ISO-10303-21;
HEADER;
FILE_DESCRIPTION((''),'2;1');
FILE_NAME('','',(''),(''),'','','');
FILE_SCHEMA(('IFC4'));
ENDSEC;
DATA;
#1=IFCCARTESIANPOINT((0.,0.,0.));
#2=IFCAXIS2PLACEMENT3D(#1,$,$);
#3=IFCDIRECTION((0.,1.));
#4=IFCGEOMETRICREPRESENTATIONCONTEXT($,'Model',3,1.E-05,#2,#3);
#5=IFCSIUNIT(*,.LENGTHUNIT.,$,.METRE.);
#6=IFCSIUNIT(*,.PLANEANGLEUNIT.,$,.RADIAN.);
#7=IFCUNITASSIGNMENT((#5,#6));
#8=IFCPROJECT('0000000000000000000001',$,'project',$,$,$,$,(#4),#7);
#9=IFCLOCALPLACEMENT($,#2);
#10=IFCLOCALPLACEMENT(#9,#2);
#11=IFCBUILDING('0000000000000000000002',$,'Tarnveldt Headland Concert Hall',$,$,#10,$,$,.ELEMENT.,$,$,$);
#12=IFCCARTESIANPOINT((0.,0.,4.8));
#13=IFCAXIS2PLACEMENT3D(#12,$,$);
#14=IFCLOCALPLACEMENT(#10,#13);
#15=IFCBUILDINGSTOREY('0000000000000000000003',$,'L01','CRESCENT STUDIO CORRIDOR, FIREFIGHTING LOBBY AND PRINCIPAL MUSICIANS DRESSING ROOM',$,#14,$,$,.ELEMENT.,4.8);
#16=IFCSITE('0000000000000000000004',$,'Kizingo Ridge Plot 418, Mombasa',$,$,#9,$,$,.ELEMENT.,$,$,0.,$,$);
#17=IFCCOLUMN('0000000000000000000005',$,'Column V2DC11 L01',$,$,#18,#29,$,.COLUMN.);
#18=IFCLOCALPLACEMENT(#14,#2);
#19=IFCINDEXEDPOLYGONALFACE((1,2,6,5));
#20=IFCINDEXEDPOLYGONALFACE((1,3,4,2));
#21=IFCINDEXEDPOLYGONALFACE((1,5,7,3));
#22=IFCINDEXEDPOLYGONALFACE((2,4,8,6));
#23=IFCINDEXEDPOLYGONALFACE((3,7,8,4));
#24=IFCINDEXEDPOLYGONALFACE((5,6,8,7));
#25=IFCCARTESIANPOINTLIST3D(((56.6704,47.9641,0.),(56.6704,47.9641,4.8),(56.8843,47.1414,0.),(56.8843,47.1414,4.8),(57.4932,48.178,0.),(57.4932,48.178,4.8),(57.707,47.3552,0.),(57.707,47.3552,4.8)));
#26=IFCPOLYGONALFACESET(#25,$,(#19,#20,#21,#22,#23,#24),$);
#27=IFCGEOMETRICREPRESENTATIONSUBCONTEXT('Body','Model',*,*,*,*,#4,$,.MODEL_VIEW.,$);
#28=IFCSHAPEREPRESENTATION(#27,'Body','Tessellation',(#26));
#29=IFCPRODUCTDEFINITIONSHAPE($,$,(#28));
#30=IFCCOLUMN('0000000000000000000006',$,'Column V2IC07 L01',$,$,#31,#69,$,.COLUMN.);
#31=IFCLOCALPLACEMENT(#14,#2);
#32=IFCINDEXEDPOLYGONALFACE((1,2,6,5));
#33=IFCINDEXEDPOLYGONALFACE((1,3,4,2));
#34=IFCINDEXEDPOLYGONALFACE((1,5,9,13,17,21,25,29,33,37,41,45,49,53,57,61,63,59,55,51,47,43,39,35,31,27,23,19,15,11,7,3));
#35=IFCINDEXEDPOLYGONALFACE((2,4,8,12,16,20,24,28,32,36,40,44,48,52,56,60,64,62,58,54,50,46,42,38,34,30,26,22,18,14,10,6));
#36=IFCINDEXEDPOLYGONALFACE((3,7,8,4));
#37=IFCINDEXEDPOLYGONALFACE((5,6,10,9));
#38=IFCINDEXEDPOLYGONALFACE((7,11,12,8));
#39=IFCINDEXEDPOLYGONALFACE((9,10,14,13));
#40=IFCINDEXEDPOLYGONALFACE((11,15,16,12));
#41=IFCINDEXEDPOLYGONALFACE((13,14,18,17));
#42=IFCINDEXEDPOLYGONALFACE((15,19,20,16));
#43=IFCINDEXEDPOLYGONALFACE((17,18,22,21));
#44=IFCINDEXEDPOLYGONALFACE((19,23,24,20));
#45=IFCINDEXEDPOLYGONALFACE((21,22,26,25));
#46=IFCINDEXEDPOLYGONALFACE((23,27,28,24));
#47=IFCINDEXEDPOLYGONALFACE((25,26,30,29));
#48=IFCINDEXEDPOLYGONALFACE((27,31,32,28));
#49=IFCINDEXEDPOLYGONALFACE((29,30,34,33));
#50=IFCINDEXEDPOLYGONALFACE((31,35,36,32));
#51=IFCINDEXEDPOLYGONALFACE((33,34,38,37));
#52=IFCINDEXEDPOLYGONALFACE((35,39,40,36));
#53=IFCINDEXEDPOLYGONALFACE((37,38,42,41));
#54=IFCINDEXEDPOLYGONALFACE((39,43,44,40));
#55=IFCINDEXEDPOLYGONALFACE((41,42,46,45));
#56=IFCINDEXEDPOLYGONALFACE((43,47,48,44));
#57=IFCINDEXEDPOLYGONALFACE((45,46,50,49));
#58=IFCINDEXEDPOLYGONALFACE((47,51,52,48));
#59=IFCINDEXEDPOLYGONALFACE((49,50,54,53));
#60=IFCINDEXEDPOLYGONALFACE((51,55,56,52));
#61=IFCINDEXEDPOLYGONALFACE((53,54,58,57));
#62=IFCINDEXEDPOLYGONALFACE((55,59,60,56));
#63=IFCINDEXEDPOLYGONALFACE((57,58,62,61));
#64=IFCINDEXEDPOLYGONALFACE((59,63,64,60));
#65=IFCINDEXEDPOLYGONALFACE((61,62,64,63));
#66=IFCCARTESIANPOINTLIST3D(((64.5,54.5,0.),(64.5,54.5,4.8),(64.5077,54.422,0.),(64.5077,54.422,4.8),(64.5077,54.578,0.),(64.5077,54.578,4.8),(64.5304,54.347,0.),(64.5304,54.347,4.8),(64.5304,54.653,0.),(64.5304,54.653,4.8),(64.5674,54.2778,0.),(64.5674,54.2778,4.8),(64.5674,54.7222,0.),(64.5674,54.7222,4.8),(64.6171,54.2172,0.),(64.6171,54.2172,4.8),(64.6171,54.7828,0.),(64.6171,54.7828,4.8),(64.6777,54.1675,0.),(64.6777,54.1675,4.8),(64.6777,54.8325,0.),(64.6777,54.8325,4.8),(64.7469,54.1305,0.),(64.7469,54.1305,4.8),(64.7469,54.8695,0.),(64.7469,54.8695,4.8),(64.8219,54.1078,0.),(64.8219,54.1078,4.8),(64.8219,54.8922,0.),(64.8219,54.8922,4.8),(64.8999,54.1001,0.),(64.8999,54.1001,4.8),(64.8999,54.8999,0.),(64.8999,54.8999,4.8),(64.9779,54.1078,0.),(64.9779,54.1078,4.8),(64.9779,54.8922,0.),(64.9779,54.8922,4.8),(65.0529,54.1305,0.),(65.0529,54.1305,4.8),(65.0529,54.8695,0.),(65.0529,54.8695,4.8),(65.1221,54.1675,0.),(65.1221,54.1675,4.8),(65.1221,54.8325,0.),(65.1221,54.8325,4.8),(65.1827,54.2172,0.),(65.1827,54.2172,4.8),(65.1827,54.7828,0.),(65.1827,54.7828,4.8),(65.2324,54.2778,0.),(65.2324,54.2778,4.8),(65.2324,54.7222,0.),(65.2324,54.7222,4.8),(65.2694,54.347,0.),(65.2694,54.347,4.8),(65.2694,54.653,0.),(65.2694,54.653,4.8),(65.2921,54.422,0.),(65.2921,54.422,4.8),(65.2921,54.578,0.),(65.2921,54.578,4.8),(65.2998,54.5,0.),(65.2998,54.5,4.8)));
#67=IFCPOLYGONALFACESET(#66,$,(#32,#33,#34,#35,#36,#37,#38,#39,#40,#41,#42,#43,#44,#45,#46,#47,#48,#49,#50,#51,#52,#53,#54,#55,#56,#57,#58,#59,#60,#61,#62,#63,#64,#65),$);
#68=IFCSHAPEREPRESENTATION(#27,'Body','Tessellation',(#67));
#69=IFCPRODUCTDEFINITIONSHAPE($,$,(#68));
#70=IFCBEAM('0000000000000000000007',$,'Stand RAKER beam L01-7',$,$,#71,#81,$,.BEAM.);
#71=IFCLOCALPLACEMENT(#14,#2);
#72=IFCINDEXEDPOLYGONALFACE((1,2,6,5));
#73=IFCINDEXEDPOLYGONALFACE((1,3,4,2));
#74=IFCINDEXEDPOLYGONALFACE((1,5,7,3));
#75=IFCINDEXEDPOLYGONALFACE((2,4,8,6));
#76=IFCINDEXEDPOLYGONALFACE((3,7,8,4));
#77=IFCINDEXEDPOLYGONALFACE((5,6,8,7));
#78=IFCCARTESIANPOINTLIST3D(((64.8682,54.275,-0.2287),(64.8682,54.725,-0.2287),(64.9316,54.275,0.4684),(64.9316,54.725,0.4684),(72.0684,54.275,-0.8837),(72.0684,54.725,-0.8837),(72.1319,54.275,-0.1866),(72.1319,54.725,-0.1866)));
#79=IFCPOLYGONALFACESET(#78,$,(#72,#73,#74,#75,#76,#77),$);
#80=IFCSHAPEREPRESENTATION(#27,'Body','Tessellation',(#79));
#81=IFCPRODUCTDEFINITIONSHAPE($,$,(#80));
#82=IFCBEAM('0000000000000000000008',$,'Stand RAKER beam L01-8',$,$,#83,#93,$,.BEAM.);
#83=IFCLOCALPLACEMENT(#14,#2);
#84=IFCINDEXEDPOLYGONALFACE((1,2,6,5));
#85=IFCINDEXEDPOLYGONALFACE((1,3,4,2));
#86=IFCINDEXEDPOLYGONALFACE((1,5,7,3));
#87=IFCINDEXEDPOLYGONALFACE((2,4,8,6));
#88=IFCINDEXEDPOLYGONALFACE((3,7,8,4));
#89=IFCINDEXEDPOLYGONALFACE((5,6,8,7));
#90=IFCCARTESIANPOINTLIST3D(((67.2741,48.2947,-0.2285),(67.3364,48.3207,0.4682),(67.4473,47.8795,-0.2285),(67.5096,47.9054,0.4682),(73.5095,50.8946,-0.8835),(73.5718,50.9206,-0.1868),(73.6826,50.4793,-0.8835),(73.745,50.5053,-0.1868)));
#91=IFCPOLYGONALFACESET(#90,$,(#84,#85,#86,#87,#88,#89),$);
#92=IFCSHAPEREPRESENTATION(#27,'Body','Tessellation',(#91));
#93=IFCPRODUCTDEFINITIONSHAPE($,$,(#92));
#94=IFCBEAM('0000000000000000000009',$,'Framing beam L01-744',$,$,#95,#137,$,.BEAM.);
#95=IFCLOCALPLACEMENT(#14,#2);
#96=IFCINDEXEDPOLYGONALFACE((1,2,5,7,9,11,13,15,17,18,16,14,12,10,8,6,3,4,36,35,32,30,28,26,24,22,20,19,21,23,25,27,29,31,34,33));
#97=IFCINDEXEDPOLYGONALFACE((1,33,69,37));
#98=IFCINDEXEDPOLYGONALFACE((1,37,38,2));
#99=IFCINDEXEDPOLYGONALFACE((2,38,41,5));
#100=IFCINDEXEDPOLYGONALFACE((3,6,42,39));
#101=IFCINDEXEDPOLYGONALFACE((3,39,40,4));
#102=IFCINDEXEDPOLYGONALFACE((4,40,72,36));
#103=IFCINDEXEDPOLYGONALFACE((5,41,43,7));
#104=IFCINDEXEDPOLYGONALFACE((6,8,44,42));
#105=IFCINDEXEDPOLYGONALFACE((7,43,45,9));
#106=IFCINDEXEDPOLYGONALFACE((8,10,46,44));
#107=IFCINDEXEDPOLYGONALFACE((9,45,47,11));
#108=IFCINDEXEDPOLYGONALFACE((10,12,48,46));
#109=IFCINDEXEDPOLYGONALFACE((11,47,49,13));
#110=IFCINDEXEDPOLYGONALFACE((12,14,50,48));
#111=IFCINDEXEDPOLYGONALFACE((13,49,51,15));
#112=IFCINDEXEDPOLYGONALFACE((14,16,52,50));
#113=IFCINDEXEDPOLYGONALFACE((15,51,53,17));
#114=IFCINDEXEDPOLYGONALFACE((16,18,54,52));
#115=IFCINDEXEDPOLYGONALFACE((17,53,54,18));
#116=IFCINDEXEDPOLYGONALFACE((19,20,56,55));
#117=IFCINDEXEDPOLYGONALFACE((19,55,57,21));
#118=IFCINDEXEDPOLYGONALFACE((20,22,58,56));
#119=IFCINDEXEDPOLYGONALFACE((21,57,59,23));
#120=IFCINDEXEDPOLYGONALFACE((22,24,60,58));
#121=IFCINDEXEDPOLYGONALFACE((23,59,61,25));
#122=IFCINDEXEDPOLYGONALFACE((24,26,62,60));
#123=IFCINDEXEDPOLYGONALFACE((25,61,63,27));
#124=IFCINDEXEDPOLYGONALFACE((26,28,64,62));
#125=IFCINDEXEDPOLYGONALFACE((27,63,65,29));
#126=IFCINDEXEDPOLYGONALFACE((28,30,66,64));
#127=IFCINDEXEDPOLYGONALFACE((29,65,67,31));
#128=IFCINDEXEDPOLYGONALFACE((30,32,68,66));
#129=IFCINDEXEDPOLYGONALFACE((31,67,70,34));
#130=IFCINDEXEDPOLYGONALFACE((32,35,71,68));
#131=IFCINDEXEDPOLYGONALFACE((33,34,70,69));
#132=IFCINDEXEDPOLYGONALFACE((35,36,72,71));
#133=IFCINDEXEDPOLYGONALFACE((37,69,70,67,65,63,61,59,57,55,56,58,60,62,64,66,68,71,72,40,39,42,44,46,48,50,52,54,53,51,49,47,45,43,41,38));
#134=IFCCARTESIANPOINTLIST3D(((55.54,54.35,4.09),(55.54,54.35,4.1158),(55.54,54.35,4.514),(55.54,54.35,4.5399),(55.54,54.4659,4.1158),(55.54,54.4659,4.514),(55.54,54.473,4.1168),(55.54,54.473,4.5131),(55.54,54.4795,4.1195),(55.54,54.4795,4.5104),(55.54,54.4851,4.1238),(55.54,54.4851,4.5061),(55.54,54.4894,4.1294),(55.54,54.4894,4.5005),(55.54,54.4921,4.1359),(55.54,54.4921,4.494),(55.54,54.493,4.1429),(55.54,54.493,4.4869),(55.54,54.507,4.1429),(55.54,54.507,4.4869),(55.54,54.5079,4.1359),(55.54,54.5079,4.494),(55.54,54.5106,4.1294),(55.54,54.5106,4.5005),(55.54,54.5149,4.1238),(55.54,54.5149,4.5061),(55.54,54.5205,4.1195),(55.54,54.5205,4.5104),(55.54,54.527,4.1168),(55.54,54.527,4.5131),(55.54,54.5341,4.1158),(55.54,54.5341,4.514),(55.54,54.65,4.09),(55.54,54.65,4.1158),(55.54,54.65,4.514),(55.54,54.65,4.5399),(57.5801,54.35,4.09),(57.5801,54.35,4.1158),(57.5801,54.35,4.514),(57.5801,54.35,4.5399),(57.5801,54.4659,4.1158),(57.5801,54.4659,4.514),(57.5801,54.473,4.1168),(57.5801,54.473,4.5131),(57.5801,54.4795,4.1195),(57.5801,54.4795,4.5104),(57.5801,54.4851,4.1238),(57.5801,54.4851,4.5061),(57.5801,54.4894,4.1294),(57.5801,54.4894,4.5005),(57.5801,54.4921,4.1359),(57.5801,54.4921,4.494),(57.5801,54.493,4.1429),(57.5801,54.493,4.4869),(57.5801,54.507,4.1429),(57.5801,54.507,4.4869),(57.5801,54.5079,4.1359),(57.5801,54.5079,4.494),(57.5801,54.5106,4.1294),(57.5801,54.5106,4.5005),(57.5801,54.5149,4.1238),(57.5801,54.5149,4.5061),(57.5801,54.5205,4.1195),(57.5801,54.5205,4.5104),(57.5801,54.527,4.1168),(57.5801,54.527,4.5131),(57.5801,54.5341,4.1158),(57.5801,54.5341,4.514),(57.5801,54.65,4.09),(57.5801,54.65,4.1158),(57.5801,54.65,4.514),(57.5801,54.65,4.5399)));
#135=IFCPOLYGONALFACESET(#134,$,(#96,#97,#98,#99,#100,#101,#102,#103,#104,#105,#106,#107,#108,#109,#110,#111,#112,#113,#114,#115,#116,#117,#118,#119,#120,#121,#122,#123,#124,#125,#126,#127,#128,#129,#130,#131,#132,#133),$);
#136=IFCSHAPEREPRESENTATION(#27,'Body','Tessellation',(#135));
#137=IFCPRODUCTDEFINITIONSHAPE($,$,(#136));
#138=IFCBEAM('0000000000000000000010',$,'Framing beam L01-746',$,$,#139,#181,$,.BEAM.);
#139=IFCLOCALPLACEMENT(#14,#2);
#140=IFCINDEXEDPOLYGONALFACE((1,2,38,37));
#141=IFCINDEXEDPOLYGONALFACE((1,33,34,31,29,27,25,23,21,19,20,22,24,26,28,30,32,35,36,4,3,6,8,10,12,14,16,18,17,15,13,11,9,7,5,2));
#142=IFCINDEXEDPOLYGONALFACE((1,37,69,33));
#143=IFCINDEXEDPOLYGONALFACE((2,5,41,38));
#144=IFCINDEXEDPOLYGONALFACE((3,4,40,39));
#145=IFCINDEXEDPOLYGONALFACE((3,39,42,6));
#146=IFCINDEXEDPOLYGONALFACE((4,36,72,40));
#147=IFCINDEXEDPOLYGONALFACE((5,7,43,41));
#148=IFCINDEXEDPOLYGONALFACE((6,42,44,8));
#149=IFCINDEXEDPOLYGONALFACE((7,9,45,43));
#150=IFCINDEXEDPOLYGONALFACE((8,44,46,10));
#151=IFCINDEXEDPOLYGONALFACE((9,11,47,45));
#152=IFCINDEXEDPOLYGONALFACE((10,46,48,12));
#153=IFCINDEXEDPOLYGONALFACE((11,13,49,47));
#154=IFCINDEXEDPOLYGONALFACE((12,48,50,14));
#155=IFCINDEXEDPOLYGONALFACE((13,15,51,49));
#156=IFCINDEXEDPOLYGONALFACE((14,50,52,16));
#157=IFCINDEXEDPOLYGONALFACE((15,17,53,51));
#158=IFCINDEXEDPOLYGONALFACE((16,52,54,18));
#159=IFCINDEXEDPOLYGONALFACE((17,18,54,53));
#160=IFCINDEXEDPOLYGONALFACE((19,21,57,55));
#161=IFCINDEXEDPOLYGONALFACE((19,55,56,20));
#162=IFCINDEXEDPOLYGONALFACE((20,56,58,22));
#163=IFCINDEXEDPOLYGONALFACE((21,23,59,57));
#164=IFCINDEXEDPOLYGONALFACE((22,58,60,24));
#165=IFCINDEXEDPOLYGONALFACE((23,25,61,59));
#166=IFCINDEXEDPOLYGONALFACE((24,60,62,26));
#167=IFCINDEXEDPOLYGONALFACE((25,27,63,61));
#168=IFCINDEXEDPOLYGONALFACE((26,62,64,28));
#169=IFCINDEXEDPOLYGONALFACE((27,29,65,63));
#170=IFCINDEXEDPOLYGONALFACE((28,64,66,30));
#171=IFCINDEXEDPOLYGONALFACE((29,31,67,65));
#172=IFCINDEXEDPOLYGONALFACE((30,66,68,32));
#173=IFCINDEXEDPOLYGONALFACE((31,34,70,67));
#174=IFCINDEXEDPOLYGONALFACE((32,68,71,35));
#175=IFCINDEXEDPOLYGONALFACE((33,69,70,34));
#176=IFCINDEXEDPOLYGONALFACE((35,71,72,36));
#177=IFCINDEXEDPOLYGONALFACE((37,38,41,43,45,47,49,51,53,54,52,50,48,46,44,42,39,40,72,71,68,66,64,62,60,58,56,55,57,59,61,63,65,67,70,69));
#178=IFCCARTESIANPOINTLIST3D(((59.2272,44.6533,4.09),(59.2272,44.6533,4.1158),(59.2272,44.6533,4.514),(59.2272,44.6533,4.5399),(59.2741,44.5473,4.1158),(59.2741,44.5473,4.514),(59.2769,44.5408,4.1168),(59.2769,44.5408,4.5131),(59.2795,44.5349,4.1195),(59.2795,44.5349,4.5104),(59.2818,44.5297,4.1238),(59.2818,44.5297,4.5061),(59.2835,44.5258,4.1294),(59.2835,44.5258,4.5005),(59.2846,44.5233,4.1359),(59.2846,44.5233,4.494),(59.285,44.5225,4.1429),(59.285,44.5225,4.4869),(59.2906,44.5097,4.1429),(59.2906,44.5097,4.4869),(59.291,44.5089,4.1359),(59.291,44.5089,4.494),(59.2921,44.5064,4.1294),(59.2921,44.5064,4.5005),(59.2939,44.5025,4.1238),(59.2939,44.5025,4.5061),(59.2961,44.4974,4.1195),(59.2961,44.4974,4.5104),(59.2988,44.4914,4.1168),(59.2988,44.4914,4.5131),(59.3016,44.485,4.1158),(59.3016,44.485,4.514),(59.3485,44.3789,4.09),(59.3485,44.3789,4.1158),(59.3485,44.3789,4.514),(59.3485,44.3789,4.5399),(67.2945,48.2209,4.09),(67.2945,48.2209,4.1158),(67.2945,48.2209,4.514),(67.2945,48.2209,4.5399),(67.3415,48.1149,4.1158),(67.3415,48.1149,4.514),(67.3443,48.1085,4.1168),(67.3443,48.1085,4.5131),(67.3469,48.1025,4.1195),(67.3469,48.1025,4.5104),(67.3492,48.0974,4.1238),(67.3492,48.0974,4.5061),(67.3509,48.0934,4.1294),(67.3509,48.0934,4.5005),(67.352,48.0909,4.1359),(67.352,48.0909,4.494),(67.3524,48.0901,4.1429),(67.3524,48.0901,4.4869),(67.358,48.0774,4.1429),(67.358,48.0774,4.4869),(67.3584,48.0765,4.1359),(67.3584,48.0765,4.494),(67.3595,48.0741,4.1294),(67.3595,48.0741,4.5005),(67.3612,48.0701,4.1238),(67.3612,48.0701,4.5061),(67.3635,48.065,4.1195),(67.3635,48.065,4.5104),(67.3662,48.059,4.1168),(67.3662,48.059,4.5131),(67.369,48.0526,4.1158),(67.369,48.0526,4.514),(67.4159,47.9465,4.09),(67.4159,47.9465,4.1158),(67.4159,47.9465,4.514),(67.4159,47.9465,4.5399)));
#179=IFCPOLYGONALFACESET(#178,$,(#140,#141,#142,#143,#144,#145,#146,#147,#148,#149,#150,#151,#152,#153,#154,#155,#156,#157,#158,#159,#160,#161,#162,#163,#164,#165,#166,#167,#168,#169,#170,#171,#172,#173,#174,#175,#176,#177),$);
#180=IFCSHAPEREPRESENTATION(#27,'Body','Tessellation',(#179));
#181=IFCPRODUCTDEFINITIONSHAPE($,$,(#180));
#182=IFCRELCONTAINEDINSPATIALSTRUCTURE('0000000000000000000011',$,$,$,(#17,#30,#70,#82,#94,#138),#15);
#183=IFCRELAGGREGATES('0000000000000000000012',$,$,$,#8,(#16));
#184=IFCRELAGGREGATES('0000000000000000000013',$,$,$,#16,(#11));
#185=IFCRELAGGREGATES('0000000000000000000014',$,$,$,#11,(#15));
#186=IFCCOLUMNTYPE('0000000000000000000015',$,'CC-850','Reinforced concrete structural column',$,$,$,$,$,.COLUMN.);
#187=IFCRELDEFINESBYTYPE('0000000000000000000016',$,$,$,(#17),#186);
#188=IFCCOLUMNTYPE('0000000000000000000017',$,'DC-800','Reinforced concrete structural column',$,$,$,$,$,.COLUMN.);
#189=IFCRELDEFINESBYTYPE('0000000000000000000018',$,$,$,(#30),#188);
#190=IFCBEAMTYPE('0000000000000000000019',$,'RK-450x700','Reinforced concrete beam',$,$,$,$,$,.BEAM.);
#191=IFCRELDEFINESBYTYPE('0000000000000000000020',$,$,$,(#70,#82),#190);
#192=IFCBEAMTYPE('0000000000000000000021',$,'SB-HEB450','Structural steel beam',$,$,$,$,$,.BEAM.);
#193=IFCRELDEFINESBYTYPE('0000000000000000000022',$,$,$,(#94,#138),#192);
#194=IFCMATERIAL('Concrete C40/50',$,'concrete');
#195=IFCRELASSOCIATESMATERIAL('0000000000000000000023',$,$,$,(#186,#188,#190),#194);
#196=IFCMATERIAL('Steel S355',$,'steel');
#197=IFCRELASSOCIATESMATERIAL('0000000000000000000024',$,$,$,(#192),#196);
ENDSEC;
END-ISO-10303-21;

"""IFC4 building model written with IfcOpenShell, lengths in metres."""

from ifc_helpers import new_model, si_unit, direction, frame, origin, origin_2d, place, context, subcontext, project, spatial, rectangle, circle, i_section, extrude, material, material_profile, profile_set, type_object, element, save


model = new_model("IFC4")

# Units and contexts
model_context = context("Model", 3, precision=1e-05, world=origin(), true_north=direction((0.0, 1.0)))
body_context = subcontext(model_context, "Body", "Model", "MODEL_VIEW")
ifc_project = project(units=[si_unit("LENGTHUNIT", "METRE"), si_unit("PLANEANGLEUNIT", "RADIAN")], contexts=[model_context])

# Site, building, storey
site_placement = place(None, origin())
site = spatial("IfcSite", under=ifc_project, at=site_placement, Name="Kizingo Ridge Plot 418, Mombasa", CompositionType="ELEMENT", RefElevation=0.0)
building_placement = place(site_placement, origin())
building = spatial("IfcBuilding", under=site, at=building_placement, Name="Tarnveldt Headland Concert Hall", CompositionType="ELEMENT")
storey_placement = place(building_placement, frame((0.0, 0.0, 4.8)))
storey = spatial("IfcBuildingStorey", under=building, at=storey_placement, Name="L01", Description="CRESCENT STUDIO CORRIDOR, FIREFIGHTING LOBBY AND PRINCIPAL MUSICIANS DRESSING ROOM", CompositionType="ELEMENT", Elevation=4.8)

# Columns
ifc_material_1 = material(Name="Concrete C40/50", Category="concrete")
ifc_material_profile_1 = material_profile(ifc_material_1, rectangle(XDim=0.8501, YDim=0.8501, at=origin_2d()), Name="RC 850x850", Category="concrete")
ifc_profile_set_1 = profile_set([ifc_material_profile_1], Name="Concrete C40/50")
column_type_1 = type_object("IfcColumnType", Name="CC-850", Description="Reinforced concrete structural column", PredefinedType="COLUMN", material=ifc_profile_set_1)
column_placement = place(storey_placement, frame((57.1887, 47.6597, 0.0), z_axis=(0.0, 0.0, 1.0), x_axis=(-0.967841, -0.251563, 0.0)))
element("IfcColumn", 1, at=column_placement, inside=storey, type_object=column_type_1, Name="Column V2DC11 L01", PredefinedType="COLUMN", context=body_context, shape_type="SweptSolid", body=[
    extrude(rectangle(XDim=0.8501, YDim=0.8501, at=origin_2d()), origin(), (0.0, 0.0, 1.0), 4.8),
])
ifc_material_profile_2 = material_profile(ifc_material_1, circle(Radius=0.3999, at=origin_2d()), Name="RC D800", Category="concrete")
ifc_profile_set_2 = profile_set([ifc_material_profile_2], Name="Concrete C40/50")
column_type_2 = type_object("IfcColumnType", Name="DC-800", Description="Reinforced concrete structural column", PredefinedType="COLUMN", material=ifc_profile_set_2)
for number, where, z_axis, x_axis, name in (
    (2, (64.8999, 54.5, 0.0), (0.0, 0.0, 1.0), (-1.0, 0.0, 0.0), "Column V2IC07 L01"),
):
    element("IfcColumn", number, at=place(storey_placement, frame(where, z_axis=z_axis, x_axis=x_axis)), inside=storey, type_object=column_type_2, Name=name, PredefinedType="COLUMN", context=body_context, shape_type="SweptSolid", body=[
        extrude(circle(Radius=0.3999, at=origin_2d()), origin(), (0.0, 0.0, 1.0), 4.8),
    ])

# Beams
ifc_material_profile_3 = material_profile(ifc_material_1, rectangle(XDim=0.45, YDim=0.7, at=origin_2d()), Name="RAKER RC 450x700", Category="concrete")
ifc_profile_set_3 = profile_set([ifc_material_profile_3], Name="Concrete C40/50")
beam_type_1 = type_object("IfcBeamType", Name="RK-450x700", Description="Reinforced concrete beam", PredefinedType="BEAM", material=ifc_profile_set_3)
beam_1_placement = place(storey_placement, frame((64.8999, 54.5, 0.1199), z_axis=(0.995887, 0.0, -0.0906), x_axis=(0.0, 1.0, 0.0)))
element("IfcBeam", 3, at=beam_1_placement, inside=storey, type_object=beam_type_1, Name="Stand RAKER beam L01-7", PredefinedType="BEAM", context=body_context, shape_type="SweptSolid", body=[
    extrude(rectangle(XDim=0.45, YDim=0.7, at=origin_2d()), origin(), (0.0, 0.0, 1.0), 7.23),
])
beam_2_placement = place(storey_placement, frame((67.3918, 48.1001, 0.1199), z_axis=(0.918675, 0.383045, -0.096508), x_axis=(-0.384841, 0.922983, 0.0)))
element("IfcBeam", 4, at=beam_2_placement, inside=storey, type_object=beam_type_1, Name="Stand RAKER beam L01-8", PredefinedType="BEAM", context=body_context, shape_type="SweptSolid", body=[
    extrude(rectangle(XDim=0.45, YDim=0.7, at=origin_2d()), origin(), (0.0, 0.0, 1.0), 6.7874),
])
ifc_material_2 = material(Name="Steel S355", Category="steel")
ifc_material_profile_4 = material_profile(ifc_material_2, i_section(OverallWidth=0.3, OverallDepth=0.45, WebThickness=0.0139, FlangeThickness=0.0259, FilletRadius=0.0271, at=origin_2d()), Name="HEB450", Category="steel")
ifc_profile_set_4 = profile_set([ifc_material_profile_4], Name="Steel S355")
beam_type_2 = type_object("IfcBeamType", Name="SB-HEB450", Description="Structural steel beam", PredefinedType="BEAM", material=ifc_profile_set_4)
beam_3_placement = place(storey_placement, frame((57.5801, 54.5, 4.3149), z_axis=(-1.0, 0.0, 0.0), x_axis=(0.0, -1.0, 0.0)))
element("IfcBeam", 5, at=beam_3_placement, inside=storey, type_object=beam_type_2, Name="Framing beam L01-744", PredefinedType="BEAM", context=body_context, shape_type="SweptSolid", body=[
    extrude(i_section(OverallWidth=0.3, OverallDepth=0.45, WebThickness=0.0139, FlangeThickness=0.0259, FilletRadius=0.0271, at=origin_2d()), origin(), (0.0, 0.0, 1.0), 2.04),
])
beam_4_placement = place(storey_placement, frame((67.3552, 48.0837, 4.3149), z_axis=(-0.914562, -0.404445, 0.0), x_axis=(0.404445, -0.914562, 0.0)))
element("IfcBeam", 6, at=beam_4_placement, inside=storey, type_object=beam_type_2, Name="Framing beam L01-746", PredefinedType="BEAM", context=body_context, shape_type="SweptSolid", body=[
    extrude(i_section(OverallWidth=0.3, OverallDepth=0.45, WebThickness=0.0139, FlangeThickness=0.0259, FilletRadius=0.0271, at=origin_2d()), origin(), (0.0, 0.0, 1.0), 8.821),
])

save(model, "model.ifc")
